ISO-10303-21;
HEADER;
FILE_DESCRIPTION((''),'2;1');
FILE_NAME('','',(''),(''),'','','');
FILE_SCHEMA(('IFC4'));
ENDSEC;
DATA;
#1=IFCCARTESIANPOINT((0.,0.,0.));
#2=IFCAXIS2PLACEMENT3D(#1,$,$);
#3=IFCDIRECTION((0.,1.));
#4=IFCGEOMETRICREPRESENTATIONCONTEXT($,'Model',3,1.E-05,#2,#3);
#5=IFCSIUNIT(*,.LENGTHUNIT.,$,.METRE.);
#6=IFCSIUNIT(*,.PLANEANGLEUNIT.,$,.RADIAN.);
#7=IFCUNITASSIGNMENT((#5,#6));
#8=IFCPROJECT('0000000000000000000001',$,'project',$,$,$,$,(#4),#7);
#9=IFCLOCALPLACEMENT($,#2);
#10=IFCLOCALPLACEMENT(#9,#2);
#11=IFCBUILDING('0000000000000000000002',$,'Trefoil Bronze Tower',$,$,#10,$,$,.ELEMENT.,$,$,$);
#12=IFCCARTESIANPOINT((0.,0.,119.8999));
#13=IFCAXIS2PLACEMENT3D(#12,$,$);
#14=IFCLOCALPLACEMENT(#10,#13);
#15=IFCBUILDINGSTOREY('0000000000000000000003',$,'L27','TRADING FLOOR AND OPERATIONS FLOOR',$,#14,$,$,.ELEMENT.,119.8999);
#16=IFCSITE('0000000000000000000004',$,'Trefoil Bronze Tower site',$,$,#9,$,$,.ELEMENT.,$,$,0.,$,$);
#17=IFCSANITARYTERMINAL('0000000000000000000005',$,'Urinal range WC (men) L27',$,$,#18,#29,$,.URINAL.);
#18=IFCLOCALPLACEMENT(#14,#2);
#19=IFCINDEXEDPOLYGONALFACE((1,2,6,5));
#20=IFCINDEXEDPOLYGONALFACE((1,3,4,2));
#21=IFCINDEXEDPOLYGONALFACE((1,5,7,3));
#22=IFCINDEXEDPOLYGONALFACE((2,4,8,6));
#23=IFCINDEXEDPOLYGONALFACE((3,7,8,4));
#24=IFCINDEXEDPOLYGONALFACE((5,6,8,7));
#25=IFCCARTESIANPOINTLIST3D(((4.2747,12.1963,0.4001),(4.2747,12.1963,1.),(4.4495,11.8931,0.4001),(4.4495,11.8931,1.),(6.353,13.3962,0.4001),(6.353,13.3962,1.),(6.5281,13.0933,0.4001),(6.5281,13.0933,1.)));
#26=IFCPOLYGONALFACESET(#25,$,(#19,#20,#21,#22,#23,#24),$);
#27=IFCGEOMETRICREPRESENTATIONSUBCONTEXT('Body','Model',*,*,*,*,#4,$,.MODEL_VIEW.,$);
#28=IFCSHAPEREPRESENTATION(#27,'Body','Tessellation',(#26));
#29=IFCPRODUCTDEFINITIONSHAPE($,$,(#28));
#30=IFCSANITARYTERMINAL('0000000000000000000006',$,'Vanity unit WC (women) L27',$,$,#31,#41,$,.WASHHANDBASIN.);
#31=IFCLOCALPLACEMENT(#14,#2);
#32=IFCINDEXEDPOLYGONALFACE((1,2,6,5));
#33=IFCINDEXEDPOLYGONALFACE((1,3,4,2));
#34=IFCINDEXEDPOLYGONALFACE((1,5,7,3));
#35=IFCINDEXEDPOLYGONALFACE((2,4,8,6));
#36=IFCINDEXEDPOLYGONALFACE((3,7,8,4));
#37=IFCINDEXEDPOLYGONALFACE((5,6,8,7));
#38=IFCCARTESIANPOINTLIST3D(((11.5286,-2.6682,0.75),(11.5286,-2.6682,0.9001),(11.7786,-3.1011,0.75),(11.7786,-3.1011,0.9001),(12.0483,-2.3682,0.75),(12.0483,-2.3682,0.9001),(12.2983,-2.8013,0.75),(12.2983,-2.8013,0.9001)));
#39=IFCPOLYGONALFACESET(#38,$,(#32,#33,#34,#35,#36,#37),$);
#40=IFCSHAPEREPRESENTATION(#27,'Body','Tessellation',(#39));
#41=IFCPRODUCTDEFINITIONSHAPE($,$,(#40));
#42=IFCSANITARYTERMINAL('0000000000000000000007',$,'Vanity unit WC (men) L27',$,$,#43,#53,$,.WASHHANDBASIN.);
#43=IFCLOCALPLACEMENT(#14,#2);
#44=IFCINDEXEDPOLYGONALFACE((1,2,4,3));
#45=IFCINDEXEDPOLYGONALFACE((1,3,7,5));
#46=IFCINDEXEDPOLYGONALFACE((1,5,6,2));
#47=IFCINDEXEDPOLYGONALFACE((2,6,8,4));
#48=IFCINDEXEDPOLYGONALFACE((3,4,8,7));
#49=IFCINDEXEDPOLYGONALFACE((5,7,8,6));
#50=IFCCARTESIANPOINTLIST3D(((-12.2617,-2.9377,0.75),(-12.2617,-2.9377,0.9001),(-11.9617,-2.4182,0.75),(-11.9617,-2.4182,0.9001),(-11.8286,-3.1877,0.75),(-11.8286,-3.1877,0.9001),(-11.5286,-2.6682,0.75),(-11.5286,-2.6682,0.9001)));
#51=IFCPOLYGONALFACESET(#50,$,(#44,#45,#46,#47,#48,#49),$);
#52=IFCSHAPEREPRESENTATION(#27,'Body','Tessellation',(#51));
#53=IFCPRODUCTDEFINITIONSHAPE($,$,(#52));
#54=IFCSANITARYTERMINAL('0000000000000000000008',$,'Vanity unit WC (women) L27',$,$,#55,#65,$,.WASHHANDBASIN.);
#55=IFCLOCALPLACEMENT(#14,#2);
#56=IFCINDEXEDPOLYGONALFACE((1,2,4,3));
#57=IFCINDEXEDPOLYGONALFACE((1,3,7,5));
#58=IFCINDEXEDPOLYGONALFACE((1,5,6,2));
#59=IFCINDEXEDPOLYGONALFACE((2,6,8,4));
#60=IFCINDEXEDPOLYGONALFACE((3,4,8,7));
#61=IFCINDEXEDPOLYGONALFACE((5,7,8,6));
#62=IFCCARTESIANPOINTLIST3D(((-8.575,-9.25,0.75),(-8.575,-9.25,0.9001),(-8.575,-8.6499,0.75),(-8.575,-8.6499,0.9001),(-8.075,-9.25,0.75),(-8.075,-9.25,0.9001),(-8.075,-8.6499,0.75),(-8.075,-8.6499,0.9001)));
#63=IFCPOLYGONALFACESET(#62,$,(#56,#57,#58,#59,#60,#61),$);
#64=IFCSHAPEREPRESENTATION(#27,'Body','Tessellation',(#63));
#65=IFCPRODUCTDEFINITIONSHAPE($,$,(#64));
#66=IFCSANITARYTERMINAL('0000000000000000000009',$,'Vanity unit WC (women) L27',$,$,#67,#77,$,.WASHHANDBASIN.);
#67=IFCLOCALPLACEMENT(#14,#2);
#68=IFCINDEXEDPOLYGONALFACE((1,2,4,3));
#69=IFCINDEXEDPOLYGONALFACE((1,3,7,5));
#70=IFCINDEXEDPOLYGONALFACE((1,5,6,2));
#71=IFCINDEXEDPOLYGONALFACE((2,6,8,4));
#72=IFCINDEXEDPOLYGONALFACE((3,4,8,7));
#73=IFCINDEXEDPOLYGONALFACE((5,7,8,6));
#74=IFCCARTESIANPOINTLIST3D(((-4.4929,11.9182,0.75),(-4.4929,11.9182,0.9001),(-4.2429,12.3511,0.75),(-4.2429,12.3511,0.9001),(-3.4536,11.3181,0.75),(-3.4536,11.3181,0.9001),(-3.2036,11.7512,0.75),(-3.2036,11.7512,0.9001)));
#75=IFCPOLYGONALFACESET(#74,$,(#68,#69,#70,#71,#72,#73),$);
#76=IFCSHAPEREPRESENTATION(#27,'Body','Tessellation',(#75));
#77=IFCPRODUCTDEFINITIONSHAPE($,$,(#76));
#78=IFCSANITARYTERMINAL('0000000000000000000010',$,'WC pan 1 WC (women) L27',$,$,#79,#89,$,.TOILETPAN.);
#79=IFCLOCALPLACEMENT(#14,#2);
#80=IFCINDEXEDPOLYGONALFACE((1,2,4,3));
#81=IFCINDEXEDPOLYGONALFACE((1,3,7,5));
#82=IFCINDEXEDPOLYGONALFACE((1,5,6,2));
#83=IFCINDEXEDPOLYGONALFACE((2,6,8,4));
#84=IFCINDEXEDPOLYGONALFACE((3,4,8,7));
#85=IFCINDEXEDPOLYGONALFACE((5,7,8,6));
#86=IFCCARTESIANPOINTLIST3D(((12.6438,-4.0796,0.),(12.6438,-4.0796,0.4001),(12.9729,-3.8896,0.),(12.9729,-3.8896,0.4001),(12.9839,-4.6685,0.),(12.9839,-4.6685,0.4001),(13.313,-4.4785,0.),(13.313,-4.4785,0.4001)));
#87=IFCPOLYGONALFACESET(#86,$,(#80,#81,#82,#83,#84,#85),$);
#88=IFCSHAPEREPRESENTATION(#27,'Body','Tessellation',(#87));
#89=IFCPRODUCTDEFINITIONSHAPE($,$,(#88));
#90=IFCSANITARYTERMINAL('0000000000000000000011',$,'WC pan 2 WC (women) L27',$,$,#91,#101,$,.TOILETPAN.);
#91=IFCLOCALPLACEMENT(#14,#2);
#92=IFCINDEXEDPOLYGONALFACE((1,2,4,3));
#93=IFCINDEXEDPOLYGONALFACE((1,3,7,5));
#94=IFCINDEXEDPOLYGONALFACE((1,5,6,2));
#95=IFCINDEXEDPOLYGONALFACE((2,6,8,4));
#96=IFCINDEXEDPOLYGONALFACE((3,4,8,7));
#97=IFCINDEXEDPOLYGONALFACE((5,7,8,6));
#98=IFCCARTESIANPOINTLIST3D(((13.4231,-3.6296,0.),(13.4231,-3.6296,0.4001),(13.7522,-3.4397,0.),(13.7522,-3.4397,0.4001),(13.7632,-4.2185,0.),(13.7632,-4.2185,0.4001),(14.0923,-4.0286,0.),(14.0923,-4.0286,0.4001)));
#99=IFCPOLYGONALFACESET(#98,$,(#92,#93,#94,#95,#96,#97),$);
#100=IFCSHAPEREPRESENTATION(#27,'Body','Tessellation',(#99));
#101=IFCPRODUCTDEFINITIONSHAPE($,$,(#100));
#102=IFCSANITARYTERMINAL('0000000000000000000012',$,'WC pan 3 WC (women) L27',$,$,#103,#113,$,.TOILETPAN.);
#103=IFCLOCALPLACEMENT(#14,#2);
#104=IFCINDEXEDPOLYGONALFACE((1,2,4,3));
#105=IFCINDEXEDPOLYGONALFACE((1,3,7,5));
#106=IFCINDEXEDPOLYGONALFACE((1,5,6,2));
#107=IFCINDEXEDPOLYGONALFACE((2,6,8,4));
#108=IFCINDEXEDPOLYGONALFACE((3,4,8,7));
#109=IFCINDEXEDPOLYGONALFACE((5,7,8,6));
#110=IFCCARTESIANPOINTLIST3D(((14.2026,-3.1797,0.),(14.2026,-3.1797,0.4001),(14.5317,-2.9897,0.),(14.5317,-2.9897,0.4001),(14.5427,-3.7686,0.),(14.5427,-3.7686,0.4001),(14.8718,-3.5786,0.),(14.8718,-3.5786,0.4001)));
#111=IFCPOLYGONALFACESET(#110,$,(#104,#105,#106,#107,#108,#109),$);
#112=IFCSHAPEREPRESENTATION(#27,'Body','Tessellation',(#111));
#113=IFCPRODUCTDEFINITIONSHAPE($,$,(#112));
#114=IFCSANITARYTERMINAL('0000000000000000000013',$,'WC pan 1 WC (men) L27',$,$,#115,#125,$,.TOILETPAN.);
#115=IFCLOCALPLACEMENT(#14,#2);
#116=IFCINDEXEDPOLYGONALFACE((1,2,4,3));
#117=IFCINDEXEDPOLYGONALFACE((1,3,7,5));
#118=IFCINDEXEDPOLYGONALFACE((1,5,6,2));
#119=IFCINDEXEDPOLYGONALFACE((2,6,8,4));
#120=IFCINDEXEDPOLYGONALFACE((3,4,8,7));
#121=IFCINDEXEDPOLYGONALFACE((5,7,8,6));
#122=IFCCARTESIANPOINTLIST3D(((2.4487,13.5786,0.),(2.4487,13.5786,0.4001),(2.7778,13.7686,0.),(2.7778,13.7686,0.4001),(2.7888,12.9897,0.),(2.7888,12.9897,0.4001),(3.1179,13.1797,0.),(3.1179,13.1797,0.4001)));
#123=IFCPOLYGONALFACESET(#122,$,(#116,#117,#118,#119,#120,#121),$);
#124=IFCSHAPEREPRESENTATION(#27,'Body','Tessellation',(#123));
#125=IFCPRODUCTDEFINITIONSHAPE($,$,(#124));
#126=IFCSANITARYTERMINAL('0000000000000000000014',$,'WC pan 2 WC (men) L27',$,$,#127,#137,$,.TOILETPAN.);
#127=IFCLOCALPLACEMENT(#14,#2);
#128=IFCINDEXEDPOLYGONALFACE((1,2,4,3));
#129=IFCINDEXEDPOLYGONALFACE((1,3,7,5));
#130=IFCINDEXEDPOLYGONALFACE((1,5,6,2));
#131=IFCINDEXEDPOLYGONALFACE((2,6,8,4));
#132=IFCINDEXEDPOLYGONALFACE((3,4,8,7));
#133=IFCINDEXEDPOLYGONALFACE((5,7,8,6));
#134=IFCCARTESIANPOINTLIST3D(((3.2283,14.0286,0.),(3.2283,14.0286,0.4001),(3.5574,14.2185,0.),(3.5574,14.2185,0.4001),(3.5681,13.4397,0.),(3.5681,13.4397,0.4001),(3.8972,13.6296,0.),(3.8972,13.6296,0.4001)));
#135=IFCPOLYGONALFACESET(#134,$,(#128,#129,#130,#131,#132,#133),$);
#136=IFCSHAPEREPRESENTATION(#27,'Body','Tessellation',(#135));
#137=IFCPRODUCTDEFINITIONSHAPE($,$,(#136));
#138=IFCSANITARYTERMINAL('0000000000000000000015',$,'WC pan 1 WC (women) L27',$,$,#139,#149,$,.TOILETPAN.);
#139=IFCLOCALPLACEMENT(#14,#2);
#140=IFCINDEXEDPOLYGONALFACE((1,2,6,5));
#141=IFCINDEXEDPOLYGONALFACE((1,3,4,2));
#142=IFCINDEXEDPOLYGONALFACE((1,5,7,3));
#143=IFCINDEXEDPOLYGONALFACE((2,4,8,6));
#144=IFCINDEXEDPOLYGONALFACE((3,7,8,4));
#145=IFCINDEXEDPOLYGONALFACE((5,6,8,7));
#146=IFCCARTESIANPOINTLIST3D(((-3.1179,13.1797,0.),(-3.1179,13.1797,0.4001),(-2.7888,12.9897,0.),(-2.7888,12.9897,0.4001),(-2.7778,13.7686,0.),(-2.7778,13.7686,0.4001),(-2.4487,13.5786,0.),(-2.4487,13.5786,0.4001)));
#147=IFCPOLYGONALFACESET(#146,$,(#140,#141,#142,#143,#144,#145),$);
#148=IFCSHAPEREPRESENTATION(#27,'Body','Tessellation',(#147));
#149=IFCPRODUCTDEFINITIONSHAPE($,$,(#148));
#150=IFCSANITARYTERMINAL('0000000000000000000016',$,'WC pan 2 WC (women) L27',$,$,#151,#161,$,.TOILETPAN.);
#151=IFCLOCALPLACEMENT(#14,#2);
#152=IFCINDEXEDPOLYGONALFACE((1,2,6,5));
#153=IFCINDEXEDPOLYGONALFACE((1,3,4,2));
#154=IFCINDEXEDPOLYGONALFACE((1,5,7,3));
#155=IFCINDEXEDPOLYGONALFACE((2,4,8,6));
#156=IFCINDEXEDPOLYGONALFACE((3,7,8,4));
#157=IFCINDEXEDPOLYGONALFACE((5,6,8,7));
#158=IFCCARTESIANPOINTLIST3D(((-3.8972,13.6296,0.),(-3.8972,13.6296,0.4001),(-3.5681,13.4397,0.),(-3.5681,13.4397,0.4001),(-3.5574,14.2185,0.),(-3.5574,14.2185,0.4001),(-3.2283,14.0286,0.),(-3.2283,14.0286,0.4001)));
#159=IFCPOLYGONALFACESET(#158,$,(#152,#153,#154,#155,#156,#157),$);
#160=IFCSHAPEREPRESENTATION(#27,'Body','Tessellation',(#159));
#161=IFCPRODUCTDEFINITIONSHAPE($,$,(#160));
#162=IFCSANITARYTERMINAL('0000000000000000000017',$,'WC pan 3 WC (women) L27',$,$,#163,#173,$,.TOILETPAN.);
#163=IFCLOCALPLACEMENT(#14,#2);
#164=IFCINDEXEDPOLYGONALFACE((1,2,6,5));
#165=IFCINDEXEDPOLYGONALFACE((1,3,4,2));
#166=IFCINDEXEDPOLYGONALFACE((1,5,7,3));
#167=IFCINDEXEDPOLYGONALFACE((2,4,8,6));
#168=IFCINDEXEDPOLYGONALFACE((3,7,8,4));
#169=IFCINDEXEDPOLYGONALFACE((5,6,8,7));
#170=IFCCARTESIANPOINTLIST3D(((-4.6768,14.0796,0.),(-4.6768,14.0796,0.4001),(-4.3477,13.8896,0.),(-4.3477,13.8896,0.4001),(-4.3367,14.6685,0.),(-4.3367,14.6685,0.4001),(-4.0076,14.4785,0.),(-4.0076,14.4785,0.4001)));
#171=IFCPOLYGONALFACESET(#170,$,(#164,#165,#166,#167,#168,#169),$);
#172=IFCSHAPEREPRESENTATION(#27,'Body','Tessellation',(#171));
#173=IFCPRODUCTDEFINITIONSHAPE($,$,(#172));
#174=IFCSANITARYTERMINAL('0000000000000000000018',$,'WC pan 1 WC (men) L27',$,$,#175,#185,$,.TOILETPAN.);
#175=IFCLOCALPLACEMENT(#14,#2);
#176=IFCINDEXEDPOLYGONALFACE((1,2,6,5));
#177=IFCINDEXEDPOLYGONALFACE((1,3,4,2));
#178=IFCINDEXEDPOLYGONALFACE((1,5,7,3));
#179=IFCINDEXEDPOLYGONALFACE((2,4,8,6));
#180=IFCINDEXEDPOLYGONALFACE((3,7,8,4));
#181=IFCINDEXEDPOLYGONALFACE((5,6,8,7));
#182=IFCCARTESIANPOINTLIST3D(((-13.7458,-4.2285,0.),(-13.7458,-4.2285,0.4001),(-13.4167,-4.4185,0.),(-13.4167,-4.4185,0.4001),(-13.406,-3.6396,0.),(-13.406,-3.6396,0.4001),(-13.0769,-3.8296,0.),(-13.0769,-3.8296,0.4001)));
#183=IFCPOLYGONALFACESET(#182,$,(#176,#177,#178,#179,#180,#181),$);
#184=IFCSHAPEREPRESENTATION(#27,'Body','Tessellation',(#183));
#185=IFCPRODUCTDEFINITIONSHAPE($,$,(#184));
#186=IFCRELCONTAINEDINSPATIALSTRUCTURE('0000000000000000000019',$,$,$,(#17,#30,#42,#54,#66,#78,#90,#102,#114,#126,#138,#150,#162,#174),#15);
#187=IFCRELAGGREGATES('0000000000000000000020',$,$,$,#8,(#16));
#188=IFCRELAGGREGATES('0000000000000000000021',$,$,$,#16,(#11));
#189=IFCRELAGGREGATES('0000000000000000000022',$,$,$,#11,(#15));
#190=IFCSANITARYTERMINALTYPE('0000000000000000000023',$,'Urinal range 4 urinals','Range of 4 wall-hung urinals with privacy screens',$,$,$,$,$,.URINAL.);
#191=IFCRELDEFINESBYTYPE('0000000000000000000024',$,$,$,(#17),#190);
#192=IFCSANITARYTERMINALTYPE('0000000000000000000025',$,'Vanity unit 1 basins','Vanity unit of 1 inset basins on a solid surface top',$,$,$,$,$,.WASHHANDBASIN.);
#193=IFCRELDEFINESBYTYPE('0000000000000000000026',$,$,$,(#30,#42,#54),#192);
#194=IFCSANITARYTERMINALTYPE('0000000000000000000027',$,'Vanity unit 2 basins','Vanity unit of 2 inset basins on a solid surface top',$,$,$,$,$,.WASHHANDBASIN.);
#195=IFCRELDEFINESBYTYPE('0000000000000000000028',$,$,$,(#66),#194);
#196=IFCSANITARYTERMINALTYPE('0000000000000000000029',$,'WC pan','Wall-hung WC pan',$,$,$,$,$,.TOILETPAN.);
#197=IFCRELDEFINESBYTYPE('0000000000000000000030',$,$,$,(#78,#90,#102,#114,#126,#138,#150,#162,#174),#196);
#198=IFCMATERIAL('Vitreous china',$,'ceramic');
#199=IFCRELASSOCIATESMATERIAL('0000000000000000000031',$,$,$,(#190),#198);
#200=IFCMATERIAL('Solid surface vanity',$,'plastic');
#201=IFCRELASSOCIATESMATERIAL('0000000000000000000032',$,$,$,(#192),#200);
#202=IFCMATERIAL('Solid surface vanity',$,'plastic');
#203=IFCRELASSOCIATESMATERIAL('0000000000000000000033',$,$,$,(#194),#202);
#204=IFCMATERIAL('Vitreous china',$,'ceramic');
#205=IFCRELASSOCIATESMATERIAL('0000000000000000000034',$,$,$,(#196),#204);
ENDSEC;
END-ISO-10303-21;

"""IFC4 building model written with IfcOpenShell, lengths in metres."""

from ifc_helpers import new_model, si_unit, direction, frame, origin, place, context, subcontext, project, spatial, polyline, outline, extrude, material, type_object, element, save


model = new_model("IFC4")

# Units and contexts
model_context = context("Model", 3, precision=1e-05, world=origin(), true_north=direction((0.0, 1.0)))
body_context = subcontext(model_context, "Body", "Model", "MODEL_VIEW")
ifc_project = project(units=[si_unit("LENGTHUNIT", "METRE"), si_unit("PLANEANGLEUNIT", "RADIAN")], contexts=[model_context])

# Site, building, storey
site_placement = place(None, origin())
site = spatial("IfcSite", under=ifc_project, at=site_placement, Name="Trefoil Bronze Tower site", CompositionType="ELEMENT", RefElevation=0.0)
building_placement = place(site_placement, origin())
building = spatial("IfcBuilding", under=site, at=building_placement, Name="Trefoil Bronze Tower", CompositionType="ELEMENT")
storey_placement = place(building_placement, frame((0.0, 0.0, 119.8999)))
storey = spatial("IfcBuildingStorey", under=building, at=storey_placement, Name="L27", Description="TRADING FLOOR AND OPERATIONS FLOOR", CompositionType="ELEMENT", Elevation=119.8999)

# Sanitary terminals
ifc_material_1 = material(Name="Vitreous china", Category="ceramic")
sanitary_terminal_type_1 = type_object("IfcSanitaryTerminalType", Name="Urinal range 4 urinals", Description="Range of 4 wall-hung urinals with privacy screens", PredefinedType="URINAL", material=ifc_material_1)
sanitary_terminal_1_placement = place(storey_placement, frame((0.0, 0.0, 0.4001)))
element("IfcSanitaryTerminal", 1, at=sanitary_terminal_1_placement, inside=storey, type_object=sanitary_terminal_type_1, Name="Urinal range WC (men) L27", PredefinedType="URINAL", context=body_context, shape_type="SweptSolid", body=[
    extrude(outline(polyline([(4.4495, 11.8931), (4.2747, 12.1963), (6.353, 13.3962), (6.5281, 13.0933), (4.4495, 11.8931)])), origin(), (0.0, 0.0, 1.0), 0.5999),
])
ifc_material_2 = material(Name="Solid surface vanity", Category="plastic")
sanitary_terminal_type_2 = type_object("IfcSanitaryTerminalType", Name="Vanity unit 1 basins", Description="Vanity unit of 1 inset basins on a solid surface top", PredefinedType="WASHHANDBASIN", material=ifc_material_2)
sanitary_terminal_2_placement = place(storey_placement, frame((0.0, 0.0, 0.75)))
element("IfcSanitaryTerminal", 2, at=sanitary_terminal_2_placement, inside=storey, type_object=sanitary_terminal_type_2, Name="Vanity unit WC (women) L27", PredefinedType="WASHHANDBASIN", context=body_context, shape_type="SweptSolid", body=[
    extrude(outline(polyline([(11.5286, -2.6682), (11.7786, -3.1011), (12.2983, -2.8013), (12.0483, -2.3682), (11.5286, -2.6682)])), origin(), (0.0, 0.0, 1.0), 0.1501),
])
sanitary_terminal_3_placement = place(storey_placement, frame((0.0, 0.0, 0.75)))
element("IfcSanitaryTerminal", 3, at=sanitary_terminal_3_placement, inside=storey, type_object=sanitary_terminal_type_2, Name="Vanity unit WC (men) L27", PredefinedType="WASHHANDBASIN", context=body_context, shape_type="SweptSolid", body=[
    extrude(outline(polyline([(-11.5286, -2.6682), (-11.8286, -3.1877), (-12.2617, -2.9377), (-11.9617, -2.4182), (-11.5286, -2.6682)])), origin(), (0.0, 0.0, 1.0), 0.1501),
])
sanitary_terminal_4_placement = place(storey_placement, frame((0.0, 0.0, 0.75)))
element("IfcSanitaryTerminal", 4, at=sanitary_terminal_4_placement, inside=storey, type_object=sanitary_terminal_type_2, Name="Vanity unit WC (women) L27", PredefinedType="WASHHANDBASIN", context=body_context, shape_type="SweptSolid", body=[
    extrude(outline(polyline([(-8.075, -8.6499), (-8.575, -8.6499), (-8.575, -9.25), (-8.075, -9.25), (-8.075, -8.6499)])), origin(), (0.0, 0.0, 1.0), 0.1501),
])
ifc_material_3 = material(Name="Solid surface vanity", Category="plastic")
sanitary_terminal_type_3 = type_object("IfcSanitaryTerminalType", Name="Vanity unit 2 basins", Description="Vanity unit of 2 inset basins on a solid surface top", PredefinedType="WASHHANDBASIN", material=ifc_material_3)
sanitary_terminal_5_placement = place(storey_placement, frame((0.0, 0.0, 0.75)))
element("IfcSanitaryTerminal", 5, at=sanitary_terminal_5_placement, inside=storey, type_object=sanitary_terminal_type_3, Name="Vanity unit WC (women) L27", PredefinedType="WASHHANDBASIN", context=body_context, shape_type="SweptSolid", body=[
    extrude(outline(polyline([(-3.4536, 11.3181), (-3.2036, 11.7512), (-4.2429, 12.3511), (-4.4929, 11.9182), (-3.4536, 11.3181)])), origin(), (0.0, 0.0, 1.0), 0.1501),
])
ifc_material_4 = material(Name="Vitreous china", Category="ceramic")
sanitary_terminal_type_4 = type_object("IfcSanitaryTerminalType", Name="WC pan", Description="Wall-hung WC pan", PredefinedType="TOILETPAN", material=ifc_material_4)
sanitary_terminal_6_placement = place(storey_placement, origin())
element("IfcSanitaryTerminal", 6, at=sanitary_terminal_6_placement, inside=storey, type_object=sanitary_terminal_type_4, Name="WC pan 1 WC (women) L27", PredefinedType="TOILETPAN", context=body_context, shape_type="SweptSolid", body=[
    extrude(outline(polyline([(12.6438, -4.0796), (12.9839, -4.6685), (13.313, -4.4785), (12.9729, -3.8896), (12.6438, -4.0796)])), origin(), (0.0, 0.0, 1.0), 0.4001),
])
sanitary_terminal_7_placement = place(storey_placement, origin())
element("IfcSanitaryTerminal", 7, at=sanitary_terminal_7_placement, inside=storey, type_object=sanitary_terminal_type_4, Name="WC pan 2 WC (women) L27", PredefinedType="TOILETPAN", context=body_context, shape_type="SweptSolid", body=[
    extrude(outline(polyline([(13.4231, -3.6296), (13.7632, -4.2185), (14.0923, -4.0286), (13.7522, -3.4397), (13.4231, -3.6296)])), origin(), (0.0, 0.0, 1.0), 0.4001),
])
sanitary_terminal_8_placement = place(storey_placement, origin())
element("IfcSanitaryTerminal", 8, at=sanitary_terminal_8_placement, inside=storey, type_object=sanitary_terminal_type_4, Name="WC pan 3 WC (women) L27", PredefinedType="TOILETPAN", context=body_context, shape_type="SweptSolid", body=[
    extrude(outline(polyline([(14.2026, -3.1797), (14.5427, -3.7686), (14.8718, -3.5786), (14.5317, -2.9897), (14.2026, -3.1797)])), origin(), (0.0, 0.0, 1.0), 0.4001),
])
sanitary_terminal_9_placement = place(storey_placement, origin())
element("IfcSanitaryTerminal", 9, at=sanitary_terminal_9_placement, inside=storey, type_object=sanitary_terminal_type_4, Name="WC pan 1 WC (men) L27", PredefinedType="TOILETPAN", context=body_context, shape_type="SweptSolid", body=[
    extrude(outline(polyline([(2.7888, 12.9897), (2.4487, 13.5786), (2.7778, 13.7686), (3.1179, 13.1797), (2.7888, 12.9897)])), origin(), (0.0, 0.0, 1.0), 0.4001),
])
sanitary_terminal_10_placement = place(storey_placement, origin())
element("IfcSanitaryTerminal", 10, at=sanitary_terminal_10_placement, inside=storey, type_object=sanitary_terminal_type_4, Name="WC pan 2 WC (men) L27", PredefinedType="TOILETPAN", context=body_context, shape_type="SweptSolid", body=[
    extrude(outline(polyline([(3.5681, 13.4397), (3.2283, 14.0286), (3.5574, 14.2185), (3.8972, 13.6296), (3.5681, 13.4397)])), origin(), (0.0, 0.0, 1.0), 0.4001),
])
sanitary_terminal_11_placement = place(storey_placement, origin())
element("IfcSanitaryTerminal", 11, at=sanitary_terminal_11_placement, inside=storey, type_object=sanitary_terminal_type_4, Name="WC pan 1 WC (women) L27", PredefinedType="TOILETPAN", context=body_context, shape_type="SweptSolid", body=[
    extrude(outline(polyline([(-2.7888, 12.9897), (-2.4487, 13.5786), (-2.7778, 13.7686), (-3.1179, 13.1797), (-2.7888, 12.9897)])), origin(), (0.0, 0.0, 1.0), 0.4001),
])
sanitary_terminal_12_placement = place(storey_placement, origin())
element("IfcSanitaryTerminal", 12, at=sanitary_terminal_12_placement, inside=storey, type_object=sanitary_terminal_type_4, Name="WC pan 2 WC (women) L27", PredefinedType="TOILETPAN", context=body_context, shape_type="SweptSolid", body=[
    extrude(outline(polyline([(-3.5681, 13.4397), (-3.2283, 14.0286), (-3.5574, 14.2185), (-3.8972, 13.6296), (-3.5681, 13.4397)])), origin(), (0.0, 0.0, 1.0), 0.4001),
])
sanitary_terminal_13_placement = place(storey_placement, origin())
element("IfcSanitaryTerminal", 13, at=sanitary_terminal_13_placement, inside=storey, type_object=sanitary_terminal_type_4, Name="WC pan 3 WC (women) L27", PredefinedType="TOILETPAN", context=body_context, shape_type="SweptSolid", body=[
    extrude(outline(polyline([(-4.3477, 13.8896), (-4.0076, 14.4785), (-4.3367, 14.6685), (-4.6768, 14.0796), (-4.3477, 13.8896)])), origin(), (0.0, 0.0, 1.0), 0.4001),
])
sanitary_terminal_14_placement = place(storey_placement, origin())
element("IfcSanitaryTerminal", 14, at=sanitary_terminal_14_placement, inside=storey, type_object=sanitary_terminal_type_4, Name="WC pan 1 WC (men) L27", PredefinedType="TOILETPAN", context=body_context, shape_type="SweptSolid", body=[
    extrude(outline(polyline([(-13.0769, -3.8296), (-13.4167, -4.4185), (-13.7458, -4.2285), (-13.406, -3.6396), (-13.0769, -3.8296)])), origin(), (0.0, 0.0, 1.0), 0.4001),
])

save(model, "model.ifc")
